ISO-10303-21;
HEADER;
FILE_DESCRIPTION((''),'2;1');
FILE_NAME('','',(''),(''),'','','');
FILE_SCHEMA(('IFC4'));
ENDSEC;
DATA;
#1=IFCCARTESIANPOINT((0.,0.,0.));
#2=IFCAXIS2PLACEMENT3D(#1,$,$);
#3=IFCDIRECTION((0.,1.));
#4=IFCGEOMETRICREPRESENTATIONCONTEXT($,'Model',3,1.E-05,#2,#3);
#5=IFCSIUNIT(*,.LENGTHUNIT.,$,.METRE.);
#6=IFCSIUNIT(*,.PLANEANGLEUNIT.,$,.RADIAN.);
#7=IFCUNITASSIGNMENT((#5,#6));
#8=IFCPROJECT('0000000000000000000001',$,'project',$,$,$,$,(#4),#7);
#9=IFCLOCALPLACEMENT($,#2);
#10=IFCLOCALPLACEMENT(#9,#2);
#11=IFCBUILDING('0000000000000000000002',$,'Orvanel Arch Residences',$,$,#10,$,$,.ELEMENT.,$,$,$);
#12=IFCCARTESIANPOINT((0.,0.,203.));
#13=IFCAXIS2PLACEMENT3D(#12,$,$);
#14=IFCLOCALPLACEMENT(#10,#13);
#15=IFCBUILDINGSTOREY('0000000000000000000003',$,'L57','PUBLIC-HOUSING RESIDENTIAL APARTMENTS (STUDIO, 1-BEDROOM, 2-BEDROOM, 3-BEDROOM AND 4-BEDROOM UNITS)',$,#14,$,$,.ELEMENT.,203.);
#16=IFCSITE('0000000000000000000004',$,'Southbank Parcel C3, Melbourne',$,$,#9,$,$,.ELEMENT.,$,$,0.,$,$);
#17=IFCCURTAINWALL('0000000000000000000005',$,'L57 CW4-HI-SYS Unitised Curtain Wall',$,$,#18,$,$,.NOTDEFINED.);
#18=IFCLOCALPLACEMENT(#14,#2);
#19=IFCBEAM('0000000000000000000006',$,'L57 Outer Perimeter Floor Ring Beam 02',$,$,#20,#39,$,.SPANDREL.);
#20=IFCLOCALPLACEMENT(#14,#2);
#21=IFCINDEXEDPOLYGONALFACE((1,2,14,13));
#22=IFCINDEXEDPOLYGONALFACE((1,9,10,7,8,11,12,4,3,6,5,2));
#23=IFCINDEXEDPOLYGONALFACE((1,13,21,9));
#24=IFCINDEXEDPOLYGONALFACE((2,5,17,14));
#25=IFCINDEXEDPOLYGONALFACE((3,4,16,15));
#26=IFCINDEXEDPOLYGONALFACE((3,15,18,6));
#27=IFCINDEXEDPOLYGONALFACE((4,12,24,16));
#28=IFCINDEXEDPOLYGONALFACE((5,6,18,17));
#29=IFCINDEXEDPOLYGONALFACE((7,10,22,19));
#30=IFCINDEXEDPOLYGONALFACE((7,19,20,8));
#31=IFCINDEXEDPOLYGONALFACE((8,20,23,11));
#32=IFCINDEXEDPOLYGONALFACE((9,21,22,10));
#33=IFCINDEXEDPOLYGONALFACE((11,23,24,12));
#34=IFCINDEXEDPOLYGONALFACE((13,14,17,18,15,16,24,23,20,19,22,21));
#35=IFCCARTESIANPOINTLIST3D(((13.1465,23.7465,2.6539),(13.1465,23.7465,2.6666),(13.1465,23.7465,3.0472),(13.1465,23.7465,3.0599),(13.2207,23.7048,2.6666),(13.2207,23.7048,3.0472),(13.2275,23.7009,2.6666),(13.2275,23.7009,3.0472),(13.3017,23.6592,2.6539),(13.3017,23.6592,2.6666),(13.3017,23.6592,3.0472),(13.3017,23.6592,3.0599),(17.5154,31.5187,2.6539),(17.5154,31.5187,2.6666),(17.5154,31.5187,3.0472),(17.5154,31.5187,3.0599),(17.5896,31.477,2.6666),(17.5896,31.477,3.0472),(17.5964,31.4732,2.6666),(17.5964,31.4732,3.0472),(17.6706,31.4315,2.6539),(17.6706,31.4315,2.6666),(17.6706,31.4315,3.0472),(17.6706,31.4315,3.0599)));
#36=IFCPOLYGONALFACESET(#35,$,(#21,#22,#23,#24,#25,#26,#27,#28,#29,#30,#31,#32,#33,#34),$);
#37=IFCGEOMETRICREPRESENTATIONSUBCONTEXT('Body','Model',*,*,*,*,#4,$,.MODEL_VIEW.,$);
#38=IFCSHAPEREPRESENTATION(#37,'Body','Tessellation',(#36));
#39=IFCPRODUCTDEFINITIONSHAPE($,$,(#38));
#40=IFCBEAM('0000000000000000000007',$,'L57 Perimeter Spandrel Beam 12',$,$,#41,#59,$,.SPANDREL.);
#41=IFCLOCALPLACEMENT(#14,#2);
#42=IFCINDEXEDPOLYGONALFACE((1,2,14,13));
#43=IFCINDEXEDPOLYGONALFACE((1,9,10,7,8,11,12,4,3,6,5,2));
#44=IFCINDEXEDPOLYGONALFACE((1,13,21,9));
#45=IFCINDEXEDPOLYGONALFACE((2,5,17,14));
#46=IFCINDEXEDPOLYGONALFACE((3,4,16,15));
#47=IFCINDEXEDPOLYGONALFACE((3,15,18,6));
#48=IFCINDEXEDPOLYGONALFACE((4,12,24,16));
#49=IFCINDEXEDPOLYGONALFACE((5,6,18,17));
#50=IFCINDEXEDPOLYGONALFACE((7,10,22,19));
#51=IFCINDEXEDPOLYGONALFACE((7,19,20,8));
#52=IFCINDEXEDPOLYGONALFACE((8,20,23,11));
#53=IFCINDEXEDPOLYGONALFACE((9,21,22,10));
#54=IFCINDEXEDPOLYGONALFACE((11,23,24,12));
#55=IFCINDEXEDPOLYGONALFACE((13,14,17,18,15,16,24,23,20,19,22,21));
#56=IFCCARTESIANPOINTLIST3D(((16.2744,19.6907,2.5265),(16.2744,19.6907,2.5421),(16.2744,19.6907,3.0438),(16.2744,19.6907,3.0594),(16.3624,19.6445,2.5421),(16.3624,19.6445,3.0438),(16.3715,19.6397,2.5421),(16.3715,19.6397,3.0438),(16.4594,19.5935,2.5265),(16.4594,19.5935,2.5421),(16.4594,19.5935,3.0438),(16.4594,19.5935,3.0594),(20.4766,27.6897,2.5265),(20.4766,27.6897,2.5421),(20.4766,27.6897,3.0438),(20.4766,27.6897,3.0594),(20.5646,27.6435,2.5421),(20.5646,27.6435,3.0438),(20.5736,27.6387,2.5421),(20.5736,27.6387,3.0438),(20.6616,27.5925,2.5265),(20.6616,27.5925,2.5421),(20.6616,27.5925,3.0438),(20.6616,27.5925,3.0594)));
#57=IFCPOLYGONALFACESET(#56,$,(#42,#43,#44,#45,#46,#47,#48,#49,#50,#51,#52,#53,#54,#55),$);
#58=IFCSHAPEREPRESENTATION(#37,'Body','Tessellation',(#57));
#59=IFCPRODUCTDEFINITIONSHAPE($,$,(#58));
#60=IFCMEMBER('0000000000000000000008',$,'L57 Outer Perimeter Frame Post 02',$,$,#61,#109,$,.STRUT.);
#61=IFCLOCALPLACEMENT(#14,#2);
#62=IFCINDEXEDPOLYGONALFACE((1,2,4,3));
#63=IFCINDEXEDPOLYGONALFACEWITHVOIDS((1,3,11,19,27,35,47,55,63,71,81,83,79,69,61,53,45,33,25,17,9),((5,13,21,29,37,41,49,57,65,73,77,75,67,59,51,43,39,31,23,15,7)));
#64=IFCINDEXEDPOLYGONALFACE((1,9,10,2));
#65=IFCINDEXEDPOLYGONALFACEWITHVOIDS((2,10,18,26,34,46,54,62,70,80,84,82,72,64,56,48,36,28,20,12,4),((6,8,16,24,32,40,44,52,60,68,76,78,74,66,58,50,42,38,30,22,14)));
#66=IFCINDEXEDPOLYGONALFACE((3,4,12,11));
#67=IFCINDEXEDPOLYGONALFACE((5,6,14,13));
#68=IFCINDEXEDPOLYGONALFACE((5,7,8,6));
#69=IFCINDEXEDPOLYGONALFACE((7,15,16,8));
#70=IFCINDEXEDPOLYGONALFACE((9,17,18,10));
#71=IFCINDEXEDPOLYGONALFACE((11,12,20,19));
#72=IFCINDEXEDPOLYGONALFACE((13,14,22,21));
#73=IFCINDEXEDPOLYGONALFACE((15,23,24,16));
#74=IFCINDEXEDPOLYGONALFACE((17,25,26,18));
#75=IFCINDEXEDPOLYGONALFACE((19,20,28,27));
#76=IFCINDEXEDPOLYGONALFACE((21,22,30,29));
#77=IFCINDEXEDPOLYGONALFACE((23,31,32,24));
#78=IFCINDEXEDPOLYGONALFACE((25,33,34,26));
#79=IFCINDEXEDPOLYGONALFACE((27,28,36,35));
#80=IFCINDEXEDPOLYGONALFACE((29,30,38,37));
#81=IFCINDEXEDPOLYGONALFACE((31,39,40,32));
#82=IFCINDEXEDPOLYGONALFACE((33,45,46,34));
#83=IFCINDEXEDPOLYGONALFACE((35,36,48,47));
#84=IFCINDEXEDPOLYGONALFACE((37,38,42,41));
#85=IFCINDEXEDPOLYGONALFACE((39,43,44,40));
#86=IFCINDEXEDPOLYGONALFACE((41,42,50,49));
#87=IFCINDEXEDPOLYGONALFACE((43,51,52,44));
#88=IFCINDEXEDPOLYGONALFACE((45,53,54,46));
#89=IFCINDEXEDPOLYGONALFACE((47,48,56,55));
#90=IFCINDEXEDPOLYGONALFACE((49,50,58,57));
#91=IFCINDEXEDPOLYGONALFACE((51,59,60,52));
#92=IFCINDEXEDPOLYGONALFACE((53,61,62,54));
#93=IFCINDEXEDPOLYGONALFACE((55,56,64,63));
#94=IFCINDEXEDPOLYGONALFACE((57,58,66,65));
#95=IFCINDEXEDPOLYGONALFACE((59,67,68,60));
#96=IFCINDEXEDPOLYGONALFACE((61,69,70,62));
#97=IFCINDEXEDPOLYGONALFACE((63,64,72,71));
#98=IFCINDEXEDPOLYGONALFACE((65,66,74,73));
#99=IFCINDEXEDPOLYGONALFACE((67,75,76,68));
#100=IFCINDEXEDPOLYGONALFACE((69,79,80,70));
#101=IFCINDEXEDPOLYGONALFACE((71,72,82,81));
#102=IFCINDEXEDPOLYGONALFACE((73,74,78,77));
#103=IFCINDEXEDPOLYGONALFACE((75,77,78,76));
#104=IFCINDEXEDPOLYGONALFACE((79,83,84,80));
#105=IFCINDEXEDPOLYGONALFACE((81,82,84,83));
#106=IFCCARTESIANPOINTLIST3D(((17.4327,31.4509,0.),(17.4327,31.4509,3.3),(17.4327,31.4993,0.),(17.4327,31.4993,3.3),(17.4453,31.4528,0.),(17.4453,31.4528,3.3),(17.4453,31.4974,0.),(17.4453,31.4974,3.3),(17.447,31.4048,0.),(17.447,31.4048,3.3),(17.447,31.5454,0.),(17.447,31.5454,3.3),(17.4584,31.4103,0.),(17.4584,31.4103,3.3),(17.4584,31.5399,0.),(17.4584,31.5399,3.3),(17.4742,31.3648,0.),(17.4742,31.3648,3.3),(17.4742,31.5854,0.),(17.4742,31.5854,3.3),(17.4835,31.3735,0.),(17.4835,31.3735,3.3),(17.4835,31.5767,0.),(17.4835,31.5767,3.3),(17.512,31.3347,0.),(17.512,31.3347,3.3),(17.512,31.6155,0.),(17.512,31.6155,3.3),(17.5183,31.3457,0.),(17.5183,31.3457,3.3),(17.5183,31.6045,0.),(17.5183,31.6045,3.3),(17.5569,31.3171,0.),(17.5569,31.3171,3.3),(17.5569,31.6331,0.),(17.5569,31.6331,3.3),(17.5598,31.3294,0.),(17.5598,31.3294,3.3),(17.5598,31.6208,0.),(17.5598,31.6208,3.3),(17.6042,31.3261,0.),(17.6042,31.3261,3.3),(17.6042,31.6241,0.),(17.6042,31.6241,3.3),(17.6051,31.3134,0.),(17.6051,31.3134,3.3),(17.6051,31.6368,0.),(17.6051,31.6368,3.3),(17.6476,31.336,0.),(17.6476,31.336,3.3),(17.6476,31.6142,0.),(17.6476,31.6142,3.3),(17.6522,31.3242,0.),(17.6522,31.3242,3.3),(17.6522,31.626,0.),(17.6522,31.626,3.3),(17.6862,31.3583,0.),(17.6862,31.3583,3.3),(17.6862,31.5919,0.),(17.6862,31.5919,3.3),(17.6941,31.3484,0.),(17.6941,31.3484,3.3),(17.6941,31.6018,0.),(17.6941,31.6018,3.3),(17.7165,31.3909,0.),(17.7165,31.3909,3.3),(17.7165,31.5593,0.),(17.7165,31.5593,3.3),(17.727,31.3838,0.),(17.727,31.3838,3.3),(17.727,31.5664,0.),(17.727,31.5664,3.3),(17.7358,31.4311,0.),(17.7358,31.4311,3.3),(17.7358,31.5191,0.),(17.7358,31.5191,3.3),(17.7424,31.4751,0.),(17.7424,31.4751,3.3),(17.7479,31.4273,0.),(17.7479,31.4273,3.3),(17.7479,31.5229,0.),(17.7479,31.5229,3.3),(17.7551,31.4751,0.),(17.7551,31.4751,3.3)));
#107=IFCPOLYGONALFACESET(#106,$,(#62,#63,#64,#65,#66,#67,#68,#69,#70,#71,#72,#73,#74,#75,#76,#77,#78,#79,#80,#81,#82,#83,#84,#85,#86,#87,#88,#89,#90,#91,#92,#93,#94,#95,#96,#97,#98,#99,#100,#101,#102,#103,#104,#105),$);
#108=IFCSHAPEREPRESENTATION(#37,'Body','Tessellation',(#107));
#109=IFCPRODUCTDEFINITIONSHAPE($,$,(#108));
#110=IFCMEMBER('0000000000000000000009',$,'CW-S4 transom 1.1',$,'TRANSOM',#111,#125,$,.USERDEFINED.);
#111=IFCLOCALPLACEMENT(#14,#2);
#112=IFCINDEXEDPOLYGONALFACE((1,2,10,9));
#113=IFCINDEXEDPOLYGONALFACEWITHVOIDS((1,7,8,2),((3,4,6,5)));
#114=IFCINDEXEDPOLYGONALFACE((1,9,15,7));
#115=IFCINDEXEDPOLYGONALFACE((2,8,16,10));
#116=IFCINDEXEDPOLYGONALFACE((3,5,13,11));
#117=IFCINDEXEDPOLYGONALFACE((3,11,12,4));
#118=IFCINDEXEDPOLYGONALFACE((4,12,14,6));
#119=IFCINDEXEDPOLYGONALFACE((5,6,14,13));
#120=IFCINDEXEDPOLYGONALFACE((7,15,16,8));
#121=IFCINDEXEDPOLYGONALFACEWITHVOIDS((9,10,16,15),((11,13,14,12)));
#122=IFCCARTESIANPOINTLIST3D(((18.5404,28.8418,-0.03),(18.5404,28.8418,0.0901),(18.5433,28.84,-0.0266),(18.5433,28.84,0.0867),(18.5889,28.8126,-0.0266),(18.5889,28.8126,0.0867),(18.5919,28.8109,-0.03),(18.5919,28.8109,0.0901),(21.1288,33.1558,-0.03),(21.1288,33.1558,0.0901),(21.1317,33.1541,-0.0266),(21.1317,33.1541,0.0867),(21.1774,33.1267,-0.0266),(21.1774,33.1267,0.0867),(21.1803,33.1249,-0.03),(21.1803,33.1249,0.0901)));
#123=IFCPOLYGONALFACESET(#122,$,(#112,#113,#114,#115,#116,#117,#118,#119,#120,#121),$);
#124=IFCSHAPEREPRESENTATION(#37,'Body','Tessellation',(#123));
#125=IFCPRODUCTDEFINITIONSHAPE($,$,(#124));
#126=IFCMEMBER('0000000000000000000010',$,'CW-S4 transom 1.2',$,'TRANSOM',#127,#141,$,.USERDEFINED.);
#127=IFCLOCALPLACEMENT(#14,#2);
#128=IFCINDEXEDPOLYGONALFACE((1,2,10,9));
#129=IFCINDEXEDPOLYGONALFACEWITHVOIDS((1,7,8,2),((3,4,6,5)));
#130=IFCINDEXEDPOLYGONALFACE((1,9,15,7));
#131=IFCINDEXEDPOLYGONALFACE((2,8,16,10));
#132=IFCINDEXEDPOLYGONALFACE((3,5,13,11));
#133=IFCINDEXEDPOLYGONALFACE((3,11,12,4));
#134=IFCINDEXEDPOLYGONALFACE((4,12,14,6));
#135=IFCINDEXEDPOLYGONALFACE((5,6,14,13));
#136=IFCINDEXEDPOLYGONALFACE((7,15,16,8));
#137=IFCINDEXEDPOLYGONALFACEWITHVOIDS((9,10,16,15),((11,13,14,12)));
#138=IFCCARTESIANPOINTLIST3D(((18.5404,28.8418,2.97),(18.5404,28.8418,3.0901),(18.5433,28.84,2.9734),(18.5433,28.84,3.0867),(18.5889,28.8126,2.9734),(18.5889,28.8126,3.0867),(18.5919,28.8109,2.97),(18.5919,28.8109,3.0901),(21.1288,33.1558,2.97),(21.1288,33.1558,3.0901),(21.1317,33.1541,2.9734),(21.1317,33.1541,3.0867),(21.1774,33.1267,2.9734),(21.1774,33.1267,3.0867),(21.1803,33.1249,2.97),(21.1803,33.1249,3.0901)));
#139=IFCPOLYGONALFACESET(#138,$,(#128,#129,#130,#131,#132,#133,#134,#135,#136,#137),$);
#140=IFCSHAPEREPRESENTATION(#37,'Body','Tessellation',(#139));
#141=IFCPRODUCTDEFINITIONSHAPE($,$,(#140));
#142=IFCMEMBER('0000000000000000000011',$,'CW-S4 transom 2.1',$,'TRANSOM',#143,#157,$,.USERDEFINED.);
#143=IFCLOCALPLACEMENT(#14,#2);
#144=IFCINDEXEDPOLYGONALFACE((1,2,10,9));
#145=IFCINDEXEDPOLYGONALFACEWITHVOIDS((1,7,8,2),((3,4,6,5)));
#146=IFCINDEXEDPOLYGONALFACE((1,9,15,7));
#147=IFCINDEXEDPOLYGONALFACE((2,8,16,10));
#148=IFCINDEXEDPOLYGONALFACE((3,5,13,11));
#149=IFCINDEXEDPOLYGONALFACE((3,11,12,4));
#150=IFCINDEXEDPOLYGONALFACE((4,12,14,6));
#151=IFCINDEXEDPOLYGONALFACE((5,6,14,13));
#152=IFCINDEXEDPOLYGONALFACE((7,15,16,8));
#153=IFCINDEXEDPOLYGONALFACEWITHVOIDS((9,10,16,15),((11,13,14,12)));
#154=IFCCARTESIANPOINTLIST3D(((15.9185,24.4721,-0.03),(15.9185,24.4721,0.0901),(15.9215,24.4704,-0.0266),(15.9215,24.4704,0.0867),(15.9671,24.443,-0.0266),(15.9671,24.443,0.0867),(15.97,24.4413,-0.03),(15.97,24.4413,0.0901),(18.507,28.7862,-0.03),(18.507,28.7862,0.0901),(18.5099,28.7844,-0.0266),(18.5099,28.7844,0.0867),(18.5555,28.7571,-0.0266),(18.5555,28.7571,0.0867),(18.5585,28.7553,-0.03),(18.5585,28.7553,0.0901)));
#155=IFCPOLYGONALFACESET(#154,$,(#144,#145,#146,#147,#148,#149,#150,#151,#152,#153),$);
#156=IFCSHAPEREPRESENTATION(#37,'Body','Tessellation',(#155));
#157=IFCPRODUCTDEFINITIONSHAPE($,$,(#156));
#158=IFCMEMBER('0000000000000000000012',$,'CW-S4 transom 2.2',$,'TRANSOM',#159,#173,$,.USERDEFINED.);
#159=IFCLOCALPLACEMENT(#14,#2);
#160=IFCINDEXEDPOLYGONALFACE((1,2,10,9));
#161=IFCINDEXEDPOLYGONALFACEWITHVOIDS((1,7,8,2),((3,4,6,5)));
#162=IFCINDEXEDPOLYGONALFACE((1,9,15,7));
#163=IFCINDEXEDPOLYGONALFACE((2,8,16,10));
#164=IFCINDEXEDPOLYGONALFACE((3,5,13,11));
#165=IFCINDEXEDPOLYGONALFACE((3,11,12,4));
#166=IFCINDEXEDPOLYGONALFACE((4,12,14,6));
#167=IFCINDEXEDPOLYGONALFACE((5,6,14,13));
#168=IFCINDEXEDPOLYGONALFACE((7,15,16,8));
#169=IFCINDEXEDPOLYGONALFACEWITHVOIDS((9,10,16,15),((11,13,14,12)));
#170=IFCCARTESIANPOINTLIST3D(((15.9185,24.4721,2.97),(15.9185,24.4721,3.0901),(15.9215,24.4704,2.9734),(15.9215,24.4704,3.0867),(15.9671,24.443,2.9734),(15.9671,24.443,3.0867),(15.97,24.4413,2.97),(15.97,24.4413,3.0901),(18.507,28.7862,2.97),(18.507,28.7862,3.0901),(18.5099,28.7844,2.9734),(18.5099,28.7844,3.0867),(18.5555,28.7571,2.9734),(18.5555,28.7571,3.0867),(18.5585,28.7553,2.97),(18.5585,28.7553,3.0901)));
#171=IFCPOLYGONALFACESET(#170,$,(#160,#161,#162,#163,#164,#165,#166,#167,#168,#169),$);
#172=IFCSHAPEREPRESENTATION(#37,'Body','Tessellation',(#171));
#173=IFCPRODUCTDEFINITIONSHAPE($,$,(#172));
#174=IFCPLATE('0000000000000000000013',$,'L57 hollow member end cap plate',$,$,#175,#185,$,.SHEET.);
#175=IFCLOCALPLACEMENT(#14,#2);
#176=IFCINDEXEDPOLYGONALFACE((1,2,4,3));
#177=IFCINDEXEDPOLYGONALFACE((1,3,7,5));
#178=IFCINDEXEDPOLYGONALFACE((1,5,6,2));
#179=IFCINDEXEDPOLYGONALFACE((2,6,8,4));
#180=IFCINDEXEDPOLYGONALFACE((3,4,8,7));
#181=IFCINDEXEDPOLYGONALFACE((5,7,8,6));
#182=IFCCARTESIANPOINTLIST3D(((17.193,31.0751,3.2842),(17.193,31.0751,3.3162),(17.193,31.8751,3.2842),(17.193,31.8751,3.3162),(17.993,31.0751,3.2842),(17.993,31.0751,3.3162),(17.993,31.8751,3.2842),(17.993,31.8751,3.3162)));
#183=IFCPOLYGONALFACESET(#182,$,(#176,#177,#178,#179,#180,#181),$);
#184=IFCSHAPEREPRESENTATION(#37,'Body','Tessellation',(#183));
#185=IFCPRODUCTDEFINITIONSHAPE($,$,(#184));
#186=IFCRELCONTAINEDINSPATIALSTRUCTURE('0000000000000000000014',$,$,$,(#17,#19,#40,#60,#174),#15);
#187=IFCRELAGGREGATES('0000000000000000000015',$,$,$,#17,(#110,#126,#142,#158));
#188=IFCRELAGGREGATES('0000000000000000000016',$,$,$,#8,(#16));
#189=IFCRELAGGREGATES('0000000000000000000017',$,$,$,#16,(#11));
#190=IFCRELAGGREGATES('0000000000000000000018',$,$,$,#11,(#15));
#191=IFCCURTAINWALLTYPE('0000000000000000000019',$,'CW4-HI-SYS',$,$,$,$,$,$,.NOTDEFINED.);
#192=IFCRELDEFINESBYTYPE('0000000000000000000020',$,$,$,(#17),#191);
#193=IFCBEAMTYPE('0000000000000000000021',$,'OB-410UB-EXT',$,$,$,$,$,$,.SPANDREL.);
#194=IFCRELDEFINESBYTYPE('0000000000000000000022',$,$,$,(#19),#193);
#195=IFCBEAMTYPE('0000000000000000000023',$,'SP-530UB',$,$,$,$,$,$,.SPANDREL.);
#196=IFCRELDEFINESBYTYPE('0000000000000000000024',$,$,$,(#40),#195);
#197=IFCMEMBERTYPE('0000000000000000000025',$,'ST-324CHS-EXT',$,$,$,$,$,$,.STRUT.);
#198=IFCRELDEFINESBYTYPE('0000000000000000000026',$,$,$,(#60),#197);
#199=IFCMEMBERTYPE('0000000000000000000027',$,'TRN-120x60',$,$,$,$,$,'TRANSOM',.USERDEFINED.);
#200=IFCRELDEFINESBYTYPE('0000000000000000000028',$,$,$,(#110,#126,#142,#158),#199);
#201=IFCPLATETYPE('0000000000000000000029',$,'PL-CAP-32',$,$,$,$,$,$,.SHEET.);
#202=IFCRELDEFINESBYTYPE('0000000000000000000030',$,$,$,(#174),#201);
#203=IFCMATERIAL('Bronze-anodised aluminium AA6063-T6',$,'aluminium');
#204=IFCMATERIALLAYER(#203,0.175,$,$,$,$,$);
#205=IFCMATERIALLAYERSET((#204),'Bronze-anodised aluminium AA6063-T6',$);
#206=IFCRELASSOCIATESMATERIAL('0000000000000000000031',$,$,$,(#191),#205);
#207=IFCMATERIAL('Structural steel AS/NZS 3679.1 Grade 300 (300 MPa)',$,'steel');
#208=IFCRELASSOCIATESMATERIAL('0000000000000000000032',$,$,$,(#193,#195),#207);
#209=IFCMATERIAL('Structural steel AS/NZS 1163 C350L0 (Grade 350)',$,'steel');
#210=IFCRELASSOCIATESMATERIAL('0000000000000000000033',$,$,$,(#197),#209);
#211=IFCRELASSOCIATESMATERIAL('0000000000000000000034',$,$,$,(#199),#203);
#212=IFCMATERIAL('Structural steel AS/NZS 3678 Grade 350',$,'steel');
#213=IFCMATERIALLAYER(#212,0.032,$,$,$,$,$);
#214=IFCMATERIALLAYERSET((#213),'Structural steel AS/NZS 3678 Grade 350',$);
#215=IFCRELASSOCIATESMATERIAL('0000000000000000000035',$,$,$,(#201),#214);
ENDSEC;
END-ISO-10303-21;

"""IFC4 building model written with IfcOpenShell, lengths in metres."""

from ifc_helpers import new_model, si_unit, direction, frame, origin, origin_2d, place, context, subcontext, project, spatial, rectangle, hollow_rectangle, hollow_circle, i_section, extrude, material, layer, layer_set, material_profile, profile_set, type_object, element, aggregate, save


model = new_model("IFC4")

# Units and contexts
model_context = context("Model", 3, precision=1e-05, world=origin(), true_north=direction((0.0, 1.0)))
body_context = subcontext(model_context, "Body", "Model", "MODEL_VIEW")
ifc_project = project(units=[si_unit("LENGTHUNIT", "METRE"), si_unit("PLANEANGLEUNIT", "RADIAN")], contexts=[model_context])

# Site, building, storey
site_placement = place(None, origin())
site = spatial("IfcSite", under=ifc_project, at=site_placement, Name="Southbank Parcel C3, Melbourne", CompositionType="ELEMENT", RefElevation=0.0)
building_placement = place(site_placement, origin())
building = spatial("IfcBuilding", under=site, at=building_placement, Name="Orvanel Arch Residences", CompositionType="ELEMENT")
storey_placement = place(building_placement, frame((0.0, 0.0, 203.0)))
storey = spatial("IfcBuildingStorey", under=building, at=storey_placement, Name="L57", Description="PUBLIC-HOUSING RESIDENTIAL APARTMENTS (STUDIO, 1-BEDROOM, 2-BEDROOM, 3-BEDROOM AND 4-BEDROOM UNITS)", CompositionType="ELEMENT", Elevation=203.0)

# Shared definitions
ifc_material_1 = material(Name="Structural steel AS/NZS 1163 C350L0 (Grade 350)", Category="steel")

# Shared definitions
ifc_material_2 = material(Name="Structural steel AS/NZS 3679.1 Grade 300 (300 MPa)", Category="steel")

# Curtain wall
ifc_material_3 = material(Name="Bronze-anodised aluminium AA6063-T6", Category="aluminium")
ifc_layer_1 = layer(ifc_material_3, 0.175)
ifc_layer_set_1 = layer_set([ifc_layer_1], Name="Bronze-anodised aluminium AA6063-T6")
curtain_wall_type = type_object("IfcCurtainWallType", Name="CW4-HI-SYS", PredefinedType="NOTDEFINED", material=ifc_layer_set_1)
curtain_wall_placement = place(storey_placement, origin())
curtain_wall = element("IfcCurtainWall", 1, at=curtain_wall_placement, inside=storey, type_object=curtain_wall_type, Name="L57 CW4-HI-SYS Unitised Curtain Wall", PredefinedType="NOTDEFINED")

# Beams
ifc_material_profile_1 = material_profile(ifc_material_2, i_section(OverallWidth=0.178, OverallDepth=0.406, WebThickness=0.0078, FlangeThickness=0.0127, at=origin_2d()), Name="410UB59.7")
ifc_profile_set_1 = profile_set([ifc_material_profile_1], Name="Structural steel AS/NZS 3679.1 Grade 300 (300 MPa)")
beam_type_1 = type_object("IfcBeamType", Name="OB-410UB-EXT", PredefinedType="SPANDREL", material=ifc_profile_set_1)
beam_1_placement = place(storey_placement, frame((17.593, 31.4751, 2.8569), z_axis=(-0.490008, -0.871718, 0.0), x_axis=(0.871718, -0.490008, 0.0)))
element("IfcBeam", 2, at=beam_1_placement, inside=storey, type_object=beam_type_1, Name="L57 Outer Perimeter Floor Ring Beam 02", PredefinedType="SPANDREL", context=body_context, shape_type="SweptSolid", body=[
    extrude(i_section(OverallWidth=0.178, OverallDepth=0.406, WebThickness=0.0078, FlangeThickness=0.0127, at=origin_2d()), origin(), (0.0, 0.0, 1.0), 8.916),
])
ifc_material_profile_2 = material_profile(ifc_material_2, i_section(OverallWidth=0.209, OverallDepth=0.533, WebThickness=0.0103, FlangeThickness=0.0156, at=origin_2d()), Name="530UB92.4")
ifc_profile_set_2 = profile_set([ifc_material_profile_2], Name="Structural steel AS/NZS 3679.1 Grade 300 (300 MPa)")
beam_type_2 = type_object("IfcBeamType", Name="SP-530UB", PredefinedType="SPANDREL", material=ifc_profile_set_2)
beam_2_placement = place(storey_placement, frame((20.5691, 27.6411, 2.793), z_axis=(-0.465065, -0.885277, 0.0), x_axis=(0.885277, -0.465065, 0.0)))
element("IfcBeam", 3, at=beam_2_placement, inside=storey, type_object=beam_type_2, Name="L57 Perimeter Spandrel Beam 12", PredefinedType="SPANDREL", context=body_context, shape_type="SweptSolid", body=[
    extrude(i_section(OverallWidth=0.209, OverallDepth=0.533, WebThickness=0.0103, FlangeThickness=0.0156, at=origin_2d()), origin(), (0.0, 0.0, 1.0), 9.0356),
])

# Members
ifc_material_profile_3 = material_profile(ifc_material_1, hollow_circle(Radius=0.1621, WallThickness=0.0127, at=origin_2d()), Name="CHS324x12.7")
ifc_profile_set_3 = profile_set([ifc_material_profile_3], Name="Structural steel AS/NZS 1163 C350L0 (Grade 350)")
member_type_1 = type_object("IfcMemberType", Name="ST-324CHS-EXT", PredefinedType="STRUT", material=ifc_profile_set_3)
member_1_placement = place(storey_placement, frame((17.593, 31.4751, 0.0), z_axis=(0.0, 0.0, 1.0), x_axis=(1.0, 0.0, 0.0)))
element("IfcMember", 4, at=member_1_placement, inside=storey, type_object=member_type_1, Name="L57 Outer Perimeter Frame Post 02", PredefinedType="STRUT", context=body_context, shape_type="SweptSolid", body=[
    extrude(hollow_circle(Radius=0.1621, WallThickness=0.0127, at=origin_2d()), origin(), (0.0, 0.0, 1.0), 3.3),
])
ifc_material_profile_4 = material_profile(ifc_material_3, hollow_rectangle(XDim=0.0601, YDim=0.1201, WallThickness=0.0034, at=origin_2d()), Name="ALU120x60x3.5")
ifc_profile_set_4 = profile_set([ifc_material_profile_4], Name="Bronze-anodised aluminium AA6063-T6")
member_type_2 = type_object("IfcMemberType", Name="TRN-120x60", ElementType="TRANSOM", PredefinedType="USERDEFINED", material=ifc_profile_set_4)
member_2_placement = place(storey_placement, frame((21.1545, 33.1404, 0.03), z_axis=(-0.514496, -0.857493, 0.0), x_axis=(0.857493, -0.514496, 0.0)))
member_2 = element("IfcMember", 5, at=member_2_placement, type_object=member_type_2, Name="CW-S4 transom 1.1", ObjectType="TRANSOM", PredefinedType="USERDEFINED", context=body_context, shape_type="SweptSolid", body=[
    extrude(hollow_rectangle(XDim=0.0601, YDim=0.1201, WallThickness=0.0034, at=origin_2d()), origin(), (0.0, 0.0, 1.0), 5.031),
])
member_3_placement = place(storey_placement, frame((21.1545, 33.1404, 3.03), z_axis=(-0.514496, -0.857493, 0.0), x_axis=(0.857493, -0.514496, 0.0)))
member_3 = element("IfcMember", 6, at=member_3_placement, type_object=member_type_2, Name="CW-S4 transom 1.2", ObjectType="TRANSOM", PredefinedType="USERDEFINED", context=body_context, shape_type="SweptSolid", body=[
    extrude(hollow_rectangle(XDim=0.0601, YDim=0.1201, WallThickness=0.0034, at=origin_2d()), origin(), (0.0, 0.0, 1.0), 5.031),
])
member_4_placement = place(storey_placement, frame((18.5327, 28.7708, 0.03), z_axis=(-0.514496, -0.857493, 0.0), x_axis=(0.857493, -0.514496, 0.0)))
member_4 = element("IfcMember", 7, at=member_4_placement, type_object=member_type_2, Name="CW-S4 transom 2.1", ObjectType="TRANSOM", PredefinedType="USERDEFINED", context=body_context, shape_type="SweptSolid", body=[
    extrude(hollow_rectangle(XDim=0.0601, YDim=0.1201, WallThickness=0.0034, at=origin_2d()), origin(), (0.0, 0.0, 1.0), 5.031),
])
member_5_placement = place(storey_placement, frame((18.5327, 28.7708, 3.03), z_axis=(-0.514496, -0.857493, 0.0), x_axis=(0.857493, -0.514496, 0.0)))
member_5 = element("IfcMember", 8, at=member_5_placement, type_object=member_type_2, Name="CW-S4 transom 2.2", ObjectType="TRANSOM", PredefinedType="USERDEFINED", context=body_context, shape_type="SweptSolid", body=[
    extrude(hollow_rectangle(XDim=0.0601, YDim=0.1201, WallThickness=0.0034, at=origin_2d()), origin(), (0.0, 0.0, 1.0), 5.031),
])

# Plate
ifc_material_4 = material(Name="Structural steel AS/NZS 3678 Grade 350", Category="steel")
ifc_layer_2 = layer(ifc_material_4, 0.032)
ifc_layer_set_2 = layer_set([ifc_layer_2], Name="Structural steel AS/NZS 3678 Grade 350")
plate_type_1 = type_object("IfcPlateType", Name="PL-CAP-32", PredefinedType="SHEET", material=ifc_layer_set_2)
plate_1_placement = place(storey_placement, frame((17.593, 31.4751, 3.2842), z_axis=(0.0, 0.0, 1.0), x_axis=(1.0, 0.0, 0.0)))
element("IfcPlate", 9, at=plate_1_placement, inside=storey, type_object=plate_type_1, Name="L57 hollow member end cap plate", PredefinedType="SHEET", context=body_context, shape_type="SweptSolid", body=[
    extrude(rectangle(XDim=0.8, YDim=0.8, at=origin_2d()), origin(), (0.0, 0.0, 1.0), 0.032),
])
aggregate(curtain_wall, [member_2, member_3, member_4, member_5])

save(model, "model.ifc")
